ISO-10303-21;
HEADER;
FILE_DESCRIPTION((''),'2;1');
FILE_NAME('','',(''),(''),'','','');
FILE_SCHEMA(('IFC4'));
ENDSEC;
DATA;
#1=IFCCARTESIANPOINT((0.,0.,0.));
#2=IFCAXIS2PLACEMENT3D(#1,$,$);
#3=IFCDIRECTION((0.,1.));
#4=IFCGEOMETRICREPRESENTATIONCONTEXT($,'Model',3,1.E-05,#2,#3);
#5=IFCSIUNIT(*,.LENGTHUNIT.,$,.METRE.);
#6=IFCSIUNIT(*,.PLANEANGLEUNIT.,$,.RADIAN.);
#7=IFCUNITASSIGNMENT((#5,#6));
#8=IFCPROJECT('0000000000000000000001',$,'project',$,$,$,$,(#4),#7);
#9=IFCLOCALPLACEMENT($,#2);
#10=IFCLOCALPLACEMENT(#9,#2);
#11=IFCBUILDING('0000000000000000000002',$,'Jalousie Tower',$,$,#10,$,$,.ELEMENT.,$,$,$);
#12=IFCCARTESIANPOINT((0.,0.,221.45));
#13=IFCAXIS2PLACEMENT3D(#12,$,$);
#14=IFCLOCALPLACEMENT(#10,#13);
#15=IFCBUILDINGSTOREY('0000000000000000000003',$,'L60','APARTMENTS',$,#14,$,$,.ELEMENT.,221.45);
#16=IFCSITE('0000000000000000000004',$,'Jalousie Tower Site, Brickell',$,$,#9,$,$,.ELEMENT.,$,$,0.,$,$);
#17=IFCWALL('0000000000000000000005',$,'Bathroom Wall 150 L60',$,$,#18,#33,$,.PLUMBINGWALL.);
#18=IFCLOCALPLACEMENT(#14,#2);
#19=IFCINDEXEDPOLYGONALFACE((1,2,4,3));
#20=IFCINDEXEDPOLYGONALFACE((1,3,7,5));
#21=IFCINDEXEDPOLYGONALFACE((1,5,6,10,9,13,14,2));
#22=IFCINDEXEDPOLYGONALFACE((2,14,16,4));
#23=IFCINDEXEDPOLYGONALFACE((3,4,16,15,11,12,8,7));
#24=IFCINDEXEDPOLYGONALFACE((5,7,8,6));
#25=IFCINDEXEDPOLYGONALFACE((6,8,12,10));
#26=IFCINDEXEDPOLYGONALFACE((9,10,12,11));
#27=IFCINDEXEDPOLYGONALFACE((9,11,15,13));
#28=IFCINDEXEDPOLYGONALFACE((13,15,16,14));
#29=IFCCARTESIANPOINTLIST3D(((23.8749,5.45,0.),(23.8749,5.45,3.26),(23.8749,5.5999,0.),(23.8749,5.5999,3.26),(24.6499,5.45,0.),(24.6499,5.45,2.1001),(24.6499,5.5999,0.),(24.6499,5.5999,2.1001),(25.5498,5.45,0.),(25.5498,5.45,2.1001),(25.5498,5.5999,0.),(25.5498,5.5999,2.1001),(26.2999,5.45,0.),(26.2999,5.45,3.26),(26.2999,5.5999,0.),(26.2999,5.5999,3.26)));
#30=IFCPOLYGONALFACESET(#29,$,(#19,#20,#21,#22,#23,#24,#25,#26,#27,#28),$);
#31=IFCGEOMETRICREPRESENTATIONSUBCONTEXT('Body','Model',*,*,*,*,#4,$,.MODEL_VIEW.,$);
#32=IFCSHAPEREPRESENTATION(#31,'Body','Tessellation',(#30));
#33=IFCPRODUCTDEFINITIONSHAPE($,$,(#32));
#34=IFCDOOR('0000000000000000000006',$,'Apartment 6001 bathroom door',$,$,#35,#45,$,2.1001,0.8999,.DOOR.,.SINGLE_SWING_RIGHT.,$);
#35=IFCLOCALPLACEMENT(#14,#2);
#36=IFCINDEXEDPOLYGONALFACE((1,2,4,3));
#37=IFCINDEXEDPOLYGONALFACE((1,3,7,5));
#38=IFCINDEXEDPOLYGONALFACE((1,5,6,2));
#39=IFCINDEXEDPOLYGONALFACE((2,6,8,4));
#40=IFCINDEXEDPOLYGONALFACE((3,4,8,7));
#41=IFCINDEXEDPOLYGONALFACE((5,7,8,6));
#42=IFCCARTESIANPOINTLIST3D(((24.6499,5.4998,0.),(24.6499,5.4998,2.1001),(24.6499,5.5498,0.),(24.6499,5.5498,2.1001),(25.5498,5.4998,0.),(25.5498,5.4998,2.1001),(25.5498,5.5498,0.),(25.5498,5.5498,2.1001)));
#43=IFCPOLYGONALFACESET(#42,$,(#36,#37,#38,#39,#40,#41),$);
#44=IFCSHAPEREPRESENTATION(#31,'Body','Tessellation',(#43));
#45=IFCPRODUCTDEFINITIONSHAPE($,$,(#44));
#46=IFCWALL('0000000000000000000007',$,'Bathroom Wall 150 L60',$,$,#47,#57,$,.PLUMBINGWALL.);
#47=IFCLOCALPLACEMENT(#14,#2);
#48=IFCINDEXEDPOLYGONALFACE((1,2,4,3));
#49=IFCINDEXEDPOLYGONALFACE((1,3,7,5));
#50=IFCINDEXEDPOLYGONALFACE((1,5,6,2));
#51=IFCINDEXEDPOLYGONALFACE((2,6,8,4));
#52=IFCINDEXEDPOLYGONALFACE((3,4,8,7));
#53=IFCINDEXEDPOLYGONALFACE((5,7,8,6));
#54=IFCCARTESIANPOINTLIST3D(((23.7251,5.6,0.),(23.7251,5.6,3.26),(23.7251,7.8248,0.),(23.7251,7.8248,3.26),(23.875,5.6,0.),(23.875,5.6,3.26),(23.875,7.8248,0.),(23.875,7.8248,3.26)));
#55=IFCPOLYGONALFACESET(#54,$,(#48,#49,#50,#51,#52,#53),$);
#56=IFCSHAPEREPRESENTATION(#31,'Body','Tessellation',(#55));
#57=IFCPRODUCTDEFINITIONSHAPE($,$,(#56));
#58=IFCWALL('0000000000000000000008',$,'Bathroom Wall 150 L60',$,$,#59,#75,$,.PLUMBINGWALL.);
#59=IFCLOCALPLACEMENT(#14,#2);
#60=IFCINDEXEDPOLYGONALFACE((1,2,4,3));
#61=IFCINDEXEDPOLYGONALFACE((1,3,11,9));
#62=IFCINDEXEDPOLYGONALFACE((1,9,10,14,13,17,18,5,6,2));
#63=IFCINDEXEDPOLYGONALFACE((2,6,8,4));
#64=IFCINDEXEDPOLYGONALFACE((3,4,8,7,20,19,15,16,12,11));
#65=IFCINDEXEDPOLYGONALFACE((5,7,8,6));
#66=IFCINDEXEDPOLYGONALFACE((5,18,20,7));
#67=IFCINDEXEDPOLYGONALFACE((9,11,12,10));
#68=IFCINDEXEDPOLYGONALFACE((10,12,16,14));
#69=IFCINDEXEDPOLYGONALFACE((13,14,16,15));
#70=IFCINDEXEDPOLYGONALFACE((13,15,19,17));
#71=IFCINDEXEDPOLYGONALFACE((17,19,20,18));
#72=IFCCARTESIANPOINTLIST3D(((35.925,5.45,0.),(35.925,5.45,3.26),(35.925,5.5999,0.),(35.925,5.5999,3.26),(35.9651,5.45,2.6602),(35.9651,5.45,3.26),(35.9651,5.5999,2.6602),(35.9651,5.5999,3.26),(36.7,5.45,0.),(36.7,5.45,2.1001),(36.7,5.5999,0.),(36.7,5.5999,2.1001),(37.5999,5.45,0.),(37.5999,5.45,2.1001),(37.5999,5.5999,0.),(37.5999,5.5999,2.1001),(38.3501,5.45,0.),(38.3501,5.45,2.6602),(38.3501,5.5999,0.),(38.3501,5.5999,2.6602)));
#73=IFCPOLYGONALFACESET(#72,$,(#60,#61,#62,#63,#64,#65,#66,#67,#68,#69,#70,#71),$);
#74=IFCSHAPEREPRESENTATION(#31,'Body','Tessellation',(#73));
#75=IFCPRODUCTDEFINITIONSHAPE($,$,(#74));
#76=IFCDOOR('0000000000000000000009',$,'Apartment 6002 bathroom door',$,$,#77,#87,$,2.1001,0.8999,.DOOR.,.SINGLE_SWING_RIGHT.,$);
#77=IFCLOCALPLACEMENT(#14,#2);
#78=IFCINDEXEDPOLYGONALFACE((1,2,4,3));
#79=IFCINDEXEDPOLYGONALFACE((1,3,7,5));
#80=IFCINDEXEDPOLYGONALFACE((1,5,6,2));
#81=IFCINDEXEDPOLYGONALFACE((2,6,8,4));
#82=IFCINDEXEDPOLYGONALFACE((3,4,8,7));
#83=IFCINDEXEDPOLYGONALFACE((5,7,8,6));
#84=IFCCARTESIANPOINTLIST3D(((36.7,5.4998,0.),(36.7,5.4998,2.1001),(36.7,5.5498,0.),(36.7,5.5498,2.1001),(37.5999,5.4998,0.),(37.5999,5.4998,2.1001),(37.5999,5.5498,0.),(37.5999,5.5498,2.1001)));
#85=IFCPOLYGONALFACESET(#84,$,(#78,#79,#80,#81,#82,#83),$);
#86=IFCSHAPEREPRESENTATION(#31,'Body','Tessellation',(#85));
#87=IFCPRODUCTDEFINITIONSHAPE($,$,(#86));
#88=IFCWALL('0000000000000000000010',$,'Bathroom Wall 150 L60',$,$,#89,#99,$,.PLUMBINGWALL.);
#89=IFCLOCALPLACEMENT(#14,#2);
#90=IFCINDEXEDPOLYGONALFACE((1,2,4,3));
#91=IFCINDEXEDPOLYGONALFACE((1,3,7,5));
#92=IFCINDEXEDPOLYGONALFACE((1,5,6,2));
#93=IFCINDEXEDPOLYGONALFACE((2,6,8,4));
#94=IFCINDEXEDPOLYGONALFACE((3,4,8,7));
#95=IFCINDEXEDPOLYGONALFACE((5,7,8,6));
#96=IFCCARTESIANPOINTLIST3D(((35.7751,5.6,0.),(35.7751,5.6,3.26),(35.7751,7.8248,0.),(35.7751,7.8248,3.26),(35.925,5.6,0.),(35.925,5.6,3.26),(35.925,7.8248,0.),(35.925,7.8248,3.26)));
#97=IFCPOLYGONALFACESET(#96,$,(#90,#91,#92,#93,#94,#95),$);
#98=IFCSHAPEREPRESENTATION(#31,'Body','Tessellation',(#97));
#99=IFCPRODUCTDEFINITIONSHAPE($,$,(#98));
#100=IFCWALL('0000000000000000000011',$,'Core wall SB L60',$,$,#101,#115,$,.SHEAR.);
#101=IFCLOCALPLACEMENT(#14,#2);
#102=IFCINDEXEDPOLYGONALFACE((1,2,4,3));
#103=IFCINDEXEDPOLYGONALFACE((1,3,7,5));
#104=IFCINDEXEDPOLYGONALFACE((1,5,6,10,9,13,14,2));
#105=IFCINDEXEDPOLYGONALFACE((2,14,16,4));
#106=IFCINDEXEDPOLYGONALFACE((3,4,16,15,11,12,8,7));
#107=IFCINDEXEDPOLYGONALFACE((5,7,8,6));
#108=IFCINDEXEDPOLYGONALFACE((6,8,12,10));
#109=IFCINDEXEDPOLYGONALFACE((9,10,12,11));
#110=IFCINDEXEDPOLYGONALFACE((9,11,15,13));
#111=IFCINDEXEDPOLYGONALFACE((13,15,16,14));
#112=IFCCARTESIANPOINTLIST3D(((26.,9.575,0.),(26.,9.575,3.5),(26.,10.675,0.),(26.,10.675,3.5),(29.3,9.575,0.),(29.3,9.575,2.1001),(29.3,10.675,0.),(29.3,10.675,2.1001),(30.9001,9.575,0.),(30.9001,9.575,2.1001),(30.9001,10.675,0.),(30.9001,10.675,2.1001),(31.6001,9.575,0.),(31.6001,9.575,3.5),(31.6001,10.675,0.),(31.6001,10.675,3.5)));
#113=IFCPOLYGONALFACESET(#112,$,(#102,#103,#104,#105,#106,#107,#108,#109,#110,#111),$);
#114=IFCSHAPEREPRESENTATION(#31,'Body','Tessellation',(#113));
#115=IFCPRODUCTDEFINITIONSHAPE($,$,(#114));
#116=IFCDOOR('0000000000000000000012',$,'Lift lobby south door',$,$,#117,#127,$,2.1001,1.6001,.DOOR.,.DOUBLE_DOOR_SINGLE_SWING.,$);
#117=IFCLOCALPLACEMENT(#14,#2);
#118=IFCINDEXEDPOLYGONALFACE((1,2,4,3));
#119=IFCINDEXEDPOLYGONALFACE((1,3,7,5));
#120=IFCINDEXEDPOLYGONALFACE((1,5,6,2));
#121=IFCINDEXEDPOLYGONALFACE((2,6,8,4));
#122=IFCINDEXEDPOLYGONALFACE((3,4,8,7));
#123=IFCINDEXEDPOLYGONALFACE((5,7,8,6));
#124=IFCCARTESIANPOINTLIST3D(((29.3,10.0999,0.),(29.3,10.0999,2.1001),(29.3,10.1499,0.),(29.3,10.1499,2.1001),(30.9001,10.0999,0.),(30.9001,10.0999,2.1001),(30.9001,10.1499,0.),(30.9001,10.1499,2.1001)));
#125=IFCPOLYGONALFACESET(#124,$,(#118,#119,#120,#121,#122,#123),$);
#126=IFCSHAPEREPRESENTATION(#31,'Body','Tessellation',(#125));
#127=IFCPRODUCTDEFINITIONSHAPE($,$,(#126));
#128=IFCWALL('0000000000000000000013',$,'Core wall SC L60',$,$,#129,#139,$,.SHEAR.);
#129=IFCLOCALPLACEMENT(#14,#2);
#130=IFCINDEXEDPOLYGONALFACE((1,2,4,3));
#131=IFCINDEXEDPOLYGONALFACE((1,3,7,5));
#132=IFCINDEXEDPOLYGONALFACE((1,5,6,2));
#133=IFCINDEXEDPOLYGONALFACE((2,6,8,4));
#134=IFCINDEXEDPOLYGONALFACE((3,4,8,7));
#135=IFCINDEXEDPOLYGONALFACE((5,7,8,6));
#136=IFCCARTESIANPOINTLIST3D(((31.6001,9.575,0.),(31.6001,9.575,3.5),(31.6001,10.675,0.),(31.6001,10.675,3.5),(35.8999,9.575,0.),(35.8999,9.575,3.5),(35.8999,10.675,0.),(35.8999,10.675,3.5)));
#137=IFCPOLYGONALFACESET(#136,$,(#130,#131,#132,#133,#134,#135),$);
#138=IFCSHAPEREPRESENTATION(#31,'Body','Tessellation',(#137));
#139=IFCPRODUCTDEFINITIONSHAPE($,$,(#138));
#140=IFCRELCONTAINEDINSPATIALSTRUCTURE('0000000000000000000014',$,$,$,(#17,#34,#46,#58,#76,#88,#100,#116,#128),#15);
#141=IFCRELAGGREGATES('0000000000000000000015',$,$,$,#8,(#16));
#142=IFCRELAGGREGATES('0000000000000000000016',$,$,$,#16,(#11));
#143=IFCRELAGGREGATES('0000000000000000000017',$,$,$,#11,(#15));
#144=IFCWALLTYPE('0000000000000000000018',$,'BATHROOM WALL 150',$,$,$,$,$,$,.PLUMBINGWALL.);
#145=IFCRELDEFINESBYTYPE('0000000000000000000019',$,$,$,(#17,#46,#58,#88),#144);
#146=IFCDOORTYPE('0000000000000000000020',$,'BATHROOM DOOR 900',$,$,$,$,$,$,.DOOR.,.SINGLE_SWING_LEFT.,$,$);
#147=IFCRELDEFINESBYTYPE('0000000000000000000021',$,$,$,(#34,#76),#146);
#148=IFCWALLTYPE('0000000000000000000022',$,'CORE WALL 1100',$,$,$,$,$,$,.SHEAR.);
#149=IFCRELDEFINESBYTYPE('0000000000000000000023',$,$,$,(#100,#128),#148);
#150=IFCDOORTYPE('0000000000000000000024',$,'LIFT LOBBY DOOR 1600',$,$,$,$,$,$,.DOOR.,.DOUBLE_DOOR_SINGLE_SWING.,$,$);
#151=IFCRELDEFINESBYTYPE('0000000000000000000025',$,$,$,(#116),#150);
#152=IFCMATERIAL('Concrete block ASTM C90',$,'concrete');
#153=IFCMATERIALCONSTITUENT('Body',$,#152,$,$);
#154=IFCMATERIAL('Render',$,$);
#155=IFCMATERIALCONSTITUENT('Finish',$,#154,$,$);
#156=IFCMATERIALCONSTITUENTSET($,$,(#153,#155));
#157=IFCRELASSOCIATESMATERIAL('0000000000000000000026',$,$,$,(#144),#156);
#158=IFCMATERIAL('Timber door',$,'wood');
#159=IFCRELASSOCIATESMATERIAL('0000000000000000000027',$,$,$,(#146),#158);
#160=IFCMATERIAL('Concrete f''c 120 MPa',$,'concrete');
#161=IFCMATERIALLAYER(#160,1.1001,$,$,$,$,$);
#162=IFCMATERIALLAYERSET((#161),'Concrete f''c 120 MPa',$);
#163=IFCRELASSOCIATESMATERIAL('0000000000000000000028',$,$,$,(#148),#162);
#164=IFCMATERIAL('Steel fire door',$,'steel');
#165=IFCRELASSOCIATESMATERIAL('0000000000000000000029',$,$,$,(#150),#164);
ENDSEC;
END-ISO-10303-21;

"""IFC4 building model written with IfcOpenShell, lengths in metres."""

from ifc_helpers import new_model, si_unit, direction, frame, frame_2d, origin, place, context, subcontext, project, spatial, polyline, rectangle, outline, extrude, material, layer, layer_set, constituent, constituent_set, type_object, element, fill, save


model = new_model("IFC4")

# Units and contexts
model_context = context("Model", 3, precision=1e-05, world=origin(), true_north=direction((0.0, 1.0)))
body_context = subcontext(model_context, "Body", "Model", "MODEL_VIEW")
ifc_project = project(units=[si_unit("LENGTHUNIT", "METRE"), si_unit("PLANEANGLEUNIT", "RADIAN")], contexts=[model_context])

# Site, building, storey
site_placement = place(None, origin())
site = spatial("IfcSite", under=ifc_project, at=site_placement, Name="Jalousie Tower Site, Brickell", CompositionType="ELEMENT", RefElevation=0.0)
building_placement = place(site_placement, origin())
building = spatial("IfcBuilding", under=site, at=building_placement, Name="Jalousie Tower", CompositionType="ELEMENT")
storey_placement = place(building_placement, frame((0.0, 0.0, 221.45)))
storey = spatial("IfcBuildingStorey", under=building, at=storey_placement, Name="L60", Description="APARTMENTS", CompositionType="ELEMENT", Elevation=221.45)

# Wall, opening, door
ifc_material_1 = material(Name="Concrete block ASTM C90", Category="concrete")
ifc_constituent_1 = constituent(ifc_material_1, Name="Body")
ifc_material_2 = material(Name="Render")
ifc_constituent_2 = constituent(ifc_material_2, Name="Finish")
ifc_constituent_set_1 = constituent_set(constituents=[ifc_constituent_1, ifc_constituent_2])
wall_type_1 = type_object("IfcWallType", Name="BATHROOM WALL 150", PredefinedType="PLUMBINGWALL", material=ifc_constituent_set_1)
wall_1_placement = place(storey_placement, frame((23.875, 5.5249, 0.0), z_axis=(0.0, 0.0, 1.0), x_axis=(1.0, 0.0, 0.0)))
wall_1 = element("IfcWall", 1, at=wall_1_placement, inside=storey, type_object=wall_type_1, Name="Bathroom Wall 150 L60", PredefinedType="PLUMBINGWALL", context=body_context, shape_type="SweptSolid", body=[
    extrude(rectangle(XDim=2.425, YDim=0.1499, at=frame_2d((1.2124, 0.0))), origin(), (0.0, 0.0, 1.0), 3.26),
])
opening_1_placement = place(wall_1_placement, frame((0.7749, 0.0, 0.0)))
opening_1 = element("IfcOpeningElement", 2, at=opening_1_placement, cuts=wall_1, PredefinedType="OPENING", context=body_context, shape_type="SweptSolid", body=[
    extrude(rectangle(XDim=0.8999, YDim=2.1001, at=frame_2d((0.45, 1.05))), frame((0.0, 0.085, 0.0), z_axis=(0.0, -1.0, 0.0), x_axis=(1.0, 0.0, 0.0)), (0.0, 0.0, 1.0), 0.1699),
])
ifc_material_3 = material(Name="Timber door", Category="wood")
door_type_1 = type_object("IfcDoorType", Name="BATHROOM DOOR 900", OperationType="SINGLE_SWING_LEFT", PredefinedType="DOOR", material=ifc_material_3)
door_1_placement = place(opening_1_placement, origin())
door_1 = element("IfcDoor", 3, at=door_1_placement, inside=storey, type_object=door_type_1, Name="Apartment 6001 bathroom door", OperationType="SINGLE_SWING_RIGHT", OverallHeight=2.1001, OverallWidth=0.8999, PredefinedType="DOOR", context=body_context, shape_type="SweptSolid", body=[
    extrude(rectangle(XDim=0.8999, YDim=2.1001, at=frame_2d((0.45, 1.05))), frame((0.0, 0.0249, 0.0), z_axis=(0.0, -1.0, 0.0), x_axis=(1.0, 0.0, 0.0)), (0.0, 0.0, 1.0), 0.05),
])
fill(opening_1, door_1)

# Wall
wall_2_placement = place(storey_placement, frame((23.8, 5.6001, 0.0), z_axis=(0.0, 0.0, 1.0), x_axis=(0.0, 1.0, 0.0)))
element("IfcWall", 4, at=wall_2_placement, inside=storey, type_object=wall_type_1, Name="Bathroom Wall 150 L60", PredefinedType="PLUMBINGWALL", context=body_context, shape_type="SweptSolid", body=[
    extrude(rectangle(XDim=2.2249, YDim=0.1499, at=frame_2d((1.1123, 0.0))), origin(), (0.0, 0.0, 1.0), 3.26),
])

# Wall, opening, door
wall_3_placement = place(storey_placement, frame((35.925, 5.5249, 0.0), z_axis=(0.0, 0.0, 1.0), x_axis=(1.0, 0.0, 0.0)))
wall_3 = element("IfcWall", 5, at=wall_3_placement, inside=storey, type_object=wall_type_1, Name="Bathroom Wall 150 L60", PredefinedType="PLUMBINGWALL", context=body_context, shape_type="SweptSolid", body=[
    extrude(outline(polyline([(0.0, 0.0), (2.425, 0.0), (2.425, 3.26), (2.425, 2.6602), (0.04, 2.6602), (0.04, 3.26), (0.0, 3.26), (0.0, 0.0)])), frame((0.0, 0.075, 0.0), z_axis=(0.0, -1.0, 0.0), x_axis=(1.0, 0.0, 0.0)), (0.0, 0.0, 1.0), 0.1499),
])
opening_2_placement = place(wall_3_placement, frame((0.7749, 0.0, 0.0)))
opening_2 = element("IfcOpeningElement", 6, at=opening_2_placement, cuts=wall_3, PredefinedType="OPENING", context=body_context, shape_type="SweptSolid", body=[
    extrude(rectangle(XDim=0.8999, YDim=2.1001, at=frame_2d((0.45, 1.05))), frame((0.0, 0.085, 0.0), z_axis=(0.0, -1.0, 0.0), x_axis=(1.0, 0.0, 0.0)), (0.0, 0.0, 1.0), 0.1699),
])
door_2_placement = place(opening_2_placement, origin())
door_2 = element("IfcDoor", 7, at=door_2_placement, inside=storey, type_object=door_type_1, Name="Apartment 6002 bathroom door", OperationType="SINGLE_SWING_RIGHT", OverallHeight=2.1001, OverallWidth=0.8999, PredefinedType="DOOR", context=body_context, shape_type="SweptSolid", body=[
    extrude(rectangle(XDim=0.8999, YDim=2.1001, at=frame_2d((0.45, 1.05))), frame((0.0, 0.0249, 0.0), z_axis=(0.0, -1.0, 0.0), x_axis=(1.0, 0.0, 0.0)), (0.0, 0.0, 1.0), 0.05),
])
fill(opening_2, door_2)

# Wall
wall_4_placement = place(storey_placement, frame((35.8501, 5.6001, 0.0), z_axis=(0.0, 0.0, 1.0), x_axis=(0.0, 1.0, 0.0)))
element("IfcWall", 8, at=wall_4_placement, inside=storey, type_object=wall_type_1, Name="Bathroom Wall 150 L60", PredefinedType="PLUMBINGWALL", context=body_context, shape_type="SweptSolid", body=[
    extrude(rectangle(XDim=2.2249, YDim=0.1499, at=frame_2d((1.1123, 0.0))), origin(), (0.0, 0.0, 1.0), 3.26),
])

# Wall, opening, door
ifc_material_4 = material(Name="Concrete f'c 120 MPa", Category="concrete")
ifc_layer = layer(ifc_material_4, 1.1001)
ifc_layer_set = layer_set([ifc_layer], Name="Concrete f'c 120 MPa")
wall_type_2 = type_object("IfcWallType", Name="CORE WALL 1100", PredefinedType="SHEAR", material=ifc_layer_set)
wall_5_placement = place(storey_placement, frame((26.0, 10.125, 0.0), z_axis=(0.0, 0.0, 1.0), x_axis=(1.0, 0.0, 0.0)))
wall_5 = element("IfcWall", 9, at=wall_5_placement, inside=storey, type_object=wall_type_2, Name="Core wall SB L60", PredefinedType="SHEAR", context=body_context, shape_type="SweptSolid", body=[
    extrude(rectangle(XDim=5.6001, YDim=1.1001, at=frame_2d((2.8, 0.0))), origin(), (0.0, 0.0, 1.0), 3.5),
])
opening_3_placement = place(wall_5_placement, frame((3.3, 0.0, 0.0)))
opening_3 = element("IfcOpeningElement", 10, at=opening_3_placement, cuts=wall_5, PredefinedType="OPENING", context=body_context, shape_type="SweptSolid", body=[
    extrude(rectangle(XDim=1.6001, YDim=2.1001, at=frame_2d((0.8, 1.05))), frame((0.0, 0.5601, 0.0), z_axis=(0.0, -1.0, 0.0), x_axis=(1.0, 0.0, 0.0)), (0.0, 0.0, 1.0), 1.1201),
])
ifc_material_5 = material(Name="Steel fire door", Category="steel")
door_type_2 = type_object("IfcDoorType", Name="LIFT LOBBY DOOR 1600", OperationType="DOUBLE_DOOR_SINGLE_SWING", PredefinedType="DOOR", material=ifc_material_5)
door_3_placement = place(opening_3_placement, origin())
door_3 = element("IfcDoor", 11, at=door_3_placement, inside=storey, type_object=door_type_2, Name="Lift lobby south door", OperationType="DOUBLE_DOOR_SINGLE_SWING", OverallHeight=2.1001, OverallWidth=1.6001, PredefinedType="DOOR", context=body_context, shape_type="SweptSolid", body=[
    extrude(rectangle(XDim=1.6001, YDim=2.1001, at=frame_2d((0.8, 1.05))), frame((0.0, 0.0249, 0.0), z_axis=(0.0, -1.0, 0.0), x_axis=(1.0, 0.0, 0.0)), (0.0, 0.0, 1.0), 0.05),
])
fill(opening_3, door_3)

# Wall
wall_6_placement = place(storey_placement, frame((31.6001, 10.125, 0.0), z_axis=(0.0, 0.0, 1.0), x_axis=(1.0, 0.0, 0.0)))
element("IfcWall", 12, at=wall_6_placement, inside=storey, type_object=wall_type_2, Name="Core wall SC L60", PredefinedType="SHEAR", context=body_context, shape_type="SweptSolid", body=[
    extrude(rectangle(XDim=4.2998, YDim=1.1001, at=frame_2d((2.1499, 0.0))), origin(), (0.0, 0.0, 1.0), 3.5),
])

save(model, "model.ifc")
